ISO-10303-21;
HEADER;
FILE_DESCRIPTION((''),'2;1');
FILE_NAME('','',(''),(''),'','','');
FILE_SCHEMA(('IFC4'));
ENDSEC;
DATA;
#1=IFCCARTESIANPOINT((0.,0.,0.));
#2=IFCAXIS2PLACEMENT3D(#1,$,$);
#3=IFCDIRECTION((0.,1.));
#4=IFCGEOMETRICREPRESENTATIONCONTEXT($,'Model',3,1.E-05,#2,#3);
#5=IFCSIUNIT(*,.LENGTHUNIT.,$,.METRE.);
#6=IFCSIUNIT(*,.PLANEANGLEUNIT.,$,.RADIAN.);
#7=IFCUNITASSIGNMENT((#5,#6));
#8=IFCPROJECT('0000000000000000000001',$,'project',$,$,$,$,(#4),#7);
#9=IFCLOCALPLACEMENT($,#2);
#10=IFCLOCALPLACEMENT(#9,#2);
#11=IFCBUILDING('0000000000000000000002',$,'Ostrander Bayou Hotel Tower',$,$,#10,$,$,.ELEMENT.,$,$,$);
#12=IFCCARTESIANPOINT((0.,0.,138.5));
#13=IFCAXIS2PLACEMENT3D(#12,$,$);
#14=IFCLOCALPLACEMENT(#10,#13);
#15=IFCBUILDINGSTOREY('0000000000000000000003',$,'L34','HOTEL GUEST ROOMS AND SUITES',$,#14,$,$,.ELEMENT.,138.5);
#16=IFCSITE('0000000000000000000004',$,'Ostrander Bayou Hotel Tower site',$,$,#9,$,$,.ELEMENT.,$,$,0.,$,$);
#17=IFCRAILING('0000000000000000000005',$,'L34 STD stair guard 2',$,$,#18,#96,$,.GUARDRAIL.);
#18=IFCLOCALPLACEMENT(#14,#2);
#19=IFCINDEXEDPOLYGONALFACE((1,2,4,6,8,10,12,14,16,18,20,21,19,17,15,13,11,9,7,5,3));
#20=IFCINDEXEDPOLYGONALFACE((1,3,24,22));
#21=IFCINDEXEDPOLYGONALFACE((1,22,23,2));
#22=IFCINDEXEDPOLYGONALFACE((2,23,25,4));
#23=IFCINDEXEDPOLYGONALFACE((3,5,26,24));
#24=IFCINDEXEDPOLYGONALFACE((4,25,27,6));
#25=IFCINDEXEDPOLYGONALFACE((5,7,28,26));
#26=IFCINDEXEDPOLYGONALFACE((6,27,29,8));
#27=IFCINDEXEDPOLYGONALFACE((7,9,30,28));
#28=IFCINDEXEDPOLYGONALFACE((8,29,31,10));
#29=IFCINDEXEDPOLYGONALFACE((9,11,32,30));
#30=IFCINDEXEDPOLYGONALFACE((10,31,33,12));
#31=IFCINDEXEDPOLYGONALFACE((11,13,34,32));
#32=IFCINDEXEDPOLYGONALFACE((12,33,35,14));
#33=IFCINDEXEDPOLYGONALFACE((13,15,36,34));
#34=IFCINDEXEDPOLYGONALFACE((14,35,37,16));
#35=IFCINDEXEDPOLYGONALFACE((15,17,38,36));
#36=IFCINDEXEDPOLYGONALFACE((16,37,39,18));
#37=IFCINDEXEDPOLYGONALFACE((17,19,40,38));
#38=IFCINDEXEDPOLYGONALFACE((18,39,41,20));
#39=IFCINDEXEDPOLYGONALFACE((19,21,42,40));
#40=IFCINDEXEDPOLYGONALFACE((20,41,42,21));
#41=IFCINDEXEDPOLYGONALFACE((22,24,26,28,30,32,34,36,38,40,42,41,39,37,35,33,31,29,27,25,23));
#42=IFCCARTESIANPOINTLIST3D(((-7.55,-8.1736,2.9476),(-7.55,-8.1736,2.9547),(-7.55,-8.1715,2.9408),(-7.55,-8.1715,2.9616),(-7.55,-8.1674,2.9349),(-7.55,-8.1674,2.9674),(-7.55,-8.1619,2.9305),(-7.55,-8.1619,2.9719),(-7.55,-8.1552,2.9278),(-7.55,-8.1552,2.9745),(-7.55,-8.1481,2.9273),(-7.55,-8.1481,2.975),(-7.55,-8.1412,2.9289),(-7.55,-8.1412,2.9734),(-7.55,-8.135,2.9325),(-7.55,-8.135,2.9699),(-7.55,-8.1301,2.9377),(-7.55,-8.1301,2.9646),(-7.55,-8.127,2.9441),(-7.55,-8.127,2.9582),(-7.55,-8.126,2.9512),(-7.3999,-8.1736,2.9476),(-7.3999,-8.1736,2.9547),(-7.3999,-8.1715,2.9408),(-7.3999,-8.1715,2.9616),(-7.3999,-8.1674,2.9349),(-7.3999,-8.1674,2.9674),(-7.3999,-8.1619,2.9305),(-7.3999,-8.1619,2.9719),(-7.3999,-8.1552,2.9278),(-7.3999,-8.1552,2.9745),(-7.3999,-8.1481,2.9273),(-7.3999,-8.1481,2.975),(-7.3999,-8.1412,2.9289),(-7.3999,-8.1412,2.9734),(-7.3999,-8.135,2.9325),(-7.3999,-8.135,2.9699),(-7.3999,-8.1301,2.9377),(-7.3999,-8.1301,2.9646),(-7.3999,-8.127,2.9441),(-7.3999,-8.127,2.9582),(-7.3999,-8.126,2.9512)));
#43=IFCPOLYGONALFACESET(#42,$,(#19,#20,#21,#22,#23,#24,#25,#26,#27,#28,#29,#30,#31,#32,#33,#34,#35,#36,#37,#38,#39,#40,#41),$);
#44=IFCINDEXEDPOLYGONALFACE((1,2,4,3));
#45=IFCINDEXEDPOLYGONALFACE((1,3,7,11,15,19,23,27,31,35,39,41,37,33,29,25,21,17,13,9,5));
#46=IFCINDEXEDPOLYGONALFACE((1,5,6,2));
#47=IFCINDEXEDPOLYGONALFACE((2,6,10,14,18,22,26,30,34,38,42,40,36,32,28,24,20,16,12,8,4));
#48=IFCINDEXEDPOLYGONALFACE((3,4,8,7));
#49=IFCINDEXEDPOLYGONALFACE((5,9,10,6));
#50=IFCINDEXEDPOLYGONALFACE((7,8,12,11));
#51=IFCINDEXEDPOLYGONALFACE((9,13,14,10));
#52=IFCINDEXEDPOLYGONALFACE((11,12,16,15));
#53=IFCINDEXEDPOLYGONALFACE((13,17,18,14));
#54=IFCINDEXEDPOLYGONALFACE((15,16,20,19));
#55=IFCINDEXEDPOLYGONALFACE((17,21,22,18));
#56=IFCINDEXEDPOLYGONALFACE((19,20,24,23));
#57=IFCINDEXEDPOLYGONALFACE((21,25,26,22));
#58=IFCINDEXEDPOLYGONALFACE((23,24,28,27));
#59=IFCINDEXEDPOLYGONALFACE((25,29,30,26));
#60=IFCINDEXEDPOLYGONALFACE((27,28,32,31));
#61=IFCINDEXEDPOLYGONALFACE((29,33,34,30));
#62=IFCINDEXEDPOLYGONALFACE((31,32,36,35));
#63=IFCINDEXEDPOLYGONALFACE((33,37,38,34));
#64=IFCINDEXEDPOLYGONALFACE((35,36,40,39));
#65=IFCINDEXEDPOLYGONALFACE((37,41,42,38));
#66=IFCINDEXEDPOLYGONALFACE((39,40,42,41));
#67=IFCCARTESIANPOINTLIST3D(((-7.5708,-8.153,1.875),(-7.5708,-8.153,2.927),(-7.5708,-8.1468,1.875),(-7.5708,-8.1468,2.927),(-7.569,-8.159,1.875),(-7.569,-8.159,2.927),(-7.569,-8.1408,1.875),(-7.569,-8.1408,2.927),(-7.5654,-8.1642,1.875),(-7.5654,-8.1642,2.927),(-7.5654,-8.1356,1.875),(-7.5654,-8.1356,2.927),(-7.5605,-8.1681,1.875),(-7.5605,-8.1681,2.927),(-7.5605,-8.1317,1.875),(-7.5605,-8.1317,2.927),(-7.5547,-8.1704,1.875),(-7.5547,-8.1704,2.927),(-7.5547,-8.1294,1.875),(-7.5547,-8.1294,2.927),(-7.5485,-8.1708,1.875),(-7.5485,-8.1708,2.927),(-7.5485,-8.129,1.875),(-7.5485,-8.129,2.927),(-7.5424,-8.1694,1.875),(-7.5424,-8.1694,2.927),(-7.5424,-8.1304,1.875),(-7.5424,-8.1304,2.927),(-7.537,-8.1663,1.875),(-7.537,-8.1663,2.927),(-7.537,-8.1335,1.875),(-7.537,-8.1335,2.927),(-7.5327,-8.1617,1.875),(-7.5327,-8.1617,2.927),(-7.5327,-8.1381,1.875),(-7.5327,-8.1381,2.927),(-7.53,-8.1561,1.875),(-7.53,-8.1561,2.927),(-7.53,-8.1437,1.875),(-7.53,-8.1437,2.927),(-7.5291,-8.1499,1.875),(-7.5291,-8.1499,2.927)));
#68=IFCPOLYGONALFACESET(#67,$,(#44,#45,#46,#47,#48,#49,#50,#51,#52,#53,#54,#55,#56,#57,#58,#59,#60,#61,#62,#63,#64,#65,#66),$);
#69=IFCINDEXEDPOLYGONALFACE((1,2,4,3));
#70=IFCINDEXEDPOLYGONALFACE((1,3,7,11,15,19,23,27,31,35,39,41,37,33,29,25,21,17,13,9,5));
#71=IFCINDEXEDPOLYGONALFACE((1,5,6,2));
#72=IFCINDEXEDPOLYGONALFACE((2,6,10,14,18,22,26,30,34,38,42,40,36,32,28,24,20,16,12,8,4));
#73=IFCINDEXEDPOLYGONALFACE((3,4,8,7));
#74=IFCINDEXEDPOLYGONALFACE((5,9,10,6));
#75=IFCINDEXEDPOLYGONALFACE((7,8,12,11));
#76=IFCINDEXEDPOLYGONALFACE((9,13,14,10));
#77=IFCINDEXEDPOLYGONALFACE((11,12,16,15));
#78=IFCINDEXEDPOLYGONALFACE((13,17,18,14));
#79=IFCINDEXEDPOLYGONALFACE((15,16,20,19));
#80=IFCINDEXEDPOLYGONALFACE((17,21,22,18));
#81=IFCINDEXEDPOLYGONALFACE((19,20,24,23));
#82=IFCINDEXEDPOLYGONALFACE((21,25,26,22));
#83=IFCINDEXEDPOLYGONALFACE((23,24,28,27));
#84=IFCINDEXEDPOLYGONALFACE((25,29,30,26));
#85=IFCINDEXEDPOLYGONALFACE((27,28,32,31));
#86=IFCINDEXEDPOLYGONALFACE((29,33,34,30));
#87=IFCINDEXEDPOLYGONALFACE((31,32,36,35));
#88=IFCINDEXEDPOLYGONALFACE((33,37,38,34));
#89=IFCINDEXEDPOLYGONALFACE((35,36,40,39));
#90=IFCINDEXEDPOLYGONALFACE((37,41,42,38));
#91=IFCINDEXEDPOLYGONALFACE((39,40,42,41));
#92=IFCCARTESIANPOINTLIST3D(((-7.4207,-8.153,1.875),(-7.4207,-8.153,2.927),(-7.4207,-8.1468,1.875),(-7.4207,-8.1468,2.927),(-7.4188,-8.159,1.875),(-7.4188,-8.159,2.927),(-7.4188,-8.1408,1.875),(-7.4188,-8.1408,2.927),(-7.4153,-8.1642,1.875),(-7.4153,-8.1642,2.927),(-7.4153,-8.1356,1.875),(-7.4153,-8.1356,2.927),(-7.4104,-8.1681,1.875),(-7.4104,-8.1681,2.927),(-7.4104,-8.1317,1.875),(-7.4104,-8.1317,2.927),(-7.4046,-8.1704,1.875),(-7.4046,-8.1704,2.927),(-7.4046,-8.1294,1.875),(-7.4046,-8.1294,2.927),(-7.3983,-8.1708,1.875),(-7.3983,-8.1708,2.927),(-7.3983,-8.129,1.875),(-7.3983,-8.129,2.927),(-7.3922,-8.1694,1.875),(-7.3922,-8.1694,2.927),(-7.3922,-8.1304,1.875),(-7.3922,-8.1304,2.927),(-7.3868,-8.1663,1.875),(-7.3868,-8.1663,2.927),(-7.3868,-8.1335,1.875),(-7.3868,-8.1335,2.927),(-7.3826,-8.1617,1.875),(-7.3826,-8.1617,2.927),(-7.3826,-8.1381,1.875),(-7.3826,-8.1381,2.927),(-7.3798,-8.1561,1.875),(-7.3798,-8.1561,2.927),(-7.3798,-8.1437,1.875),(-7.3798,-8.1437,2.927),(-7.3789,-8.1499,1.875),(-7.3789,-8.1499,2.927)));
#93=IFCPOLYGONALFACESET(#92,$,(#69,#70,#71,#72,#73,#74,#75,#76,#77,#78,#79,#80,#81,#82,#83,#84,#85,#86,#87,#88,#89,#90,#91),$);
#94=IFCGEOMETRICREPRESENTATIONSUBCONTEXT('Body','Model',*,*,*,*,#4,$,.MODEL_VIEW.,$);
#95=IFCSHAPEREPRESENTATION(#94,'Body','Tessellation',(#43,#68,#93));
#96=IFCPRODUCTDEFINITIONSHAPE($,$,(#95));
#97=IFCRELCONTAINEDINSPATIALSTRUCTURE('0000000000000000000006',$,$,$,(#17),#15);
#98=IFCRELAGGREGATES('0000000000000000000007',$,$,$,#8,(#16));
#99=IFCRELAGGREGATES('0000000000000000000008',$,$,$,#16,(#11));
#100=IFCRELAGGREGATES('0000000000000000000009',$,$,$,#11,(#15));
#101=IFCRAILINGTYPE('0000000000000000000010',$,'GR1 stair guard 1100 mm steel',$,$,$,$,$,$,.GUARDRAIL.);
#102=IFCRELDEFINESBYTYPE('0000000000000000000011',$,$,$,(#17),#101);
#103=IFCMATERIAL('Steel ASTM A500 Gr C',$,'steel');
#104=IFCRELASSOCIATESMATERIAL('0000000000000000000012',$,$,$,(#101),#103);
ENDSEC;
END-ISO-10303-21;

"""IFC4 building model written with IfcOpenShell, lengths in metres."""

from ifc_helpers import new_model, si_unit, direction, frame, origin, origin_2d, place, context, subcontext, project, spatial, circle, extrude, material, type_object, element, save


model = new_model("IFC4")

# Units and contexts
model_context = context("Model", 3, precision=1e-05, world=origin(), true_north=direction((0.0, 1.0)))
body_context = subcontext(model_context, "Body", "Model", "MODEL_VIEW")
ifc_project = project(units=[si_unit("LENGTHUNIT", "METRE"), si_unit("PLANEANGLEUNIT", "RADIAN")], contexts=[model_context])

# Site, building, storey
site_placement = place(None, origin())
site = spatial("IfcSite", under=ifc_project, at=site_placement, Name="Ostrander Bayou Hotel Tower site", CompositionType="ELEMENT", RefElevation=0.0)
building_placement = place(site_placement, origin())
building = spatial("IfcBuilding", under=site, at=building_placement, Name="Ostrander Bayou Hotel Tower", CompositionType="ELEMENT")
storey_placement = place(building_placement, frame((0.0, 0.0, 138.5)))
storey = spatial("IfcBuildingStorey", under=building, at=storey_placement, Name="L34", Description="HOTEL GUEST ROOMS AND SUITES", CompositionType="ELEMENT", Elevation=138.5)

# Railing
ifc_material_1 = material(Name="Steel ASTM A500 Gr C", Category="steel")
railing_type_1 = type_object("IfcRailingType", Name="GR1 stair guard 1100 mm steel", PredefinedType="GUARDRAIL", material=ifc_material_1)
railing_1_placement = place(storey_placement, frame((-7.55, -8.1499, 1.875)))
element("IfcRailing", 1, at=railing_1_placement, inside=storey, type_object=railing_type_1, Name="L34 STD stair guard 2", PredefinedType="GUARDRAIL", context=body_context, shape_type="SweptSolid", body=[
    extrude(circle(Radius=0.0239, at=origin_2d()), frame((0.0, 0.0, 1.0762), z_axis=(1.0, 0.0, 0.0), x_axis=(0.0, 1.0, 0.0)), (0.0, 0.0, 1.0), 0.1501),
    extrude(circle(Radius=0.021, at=origin_2d()), origin(), (0.0, 0.0, 1.0), 1.052),
    extrude(circle(Radius=0.021, at=origin_2d()), frame((0.1501, 0.0, 0.0)), (0.0, 0.0, 1.0), 1.052),
])

save(model, "model.ifc")
